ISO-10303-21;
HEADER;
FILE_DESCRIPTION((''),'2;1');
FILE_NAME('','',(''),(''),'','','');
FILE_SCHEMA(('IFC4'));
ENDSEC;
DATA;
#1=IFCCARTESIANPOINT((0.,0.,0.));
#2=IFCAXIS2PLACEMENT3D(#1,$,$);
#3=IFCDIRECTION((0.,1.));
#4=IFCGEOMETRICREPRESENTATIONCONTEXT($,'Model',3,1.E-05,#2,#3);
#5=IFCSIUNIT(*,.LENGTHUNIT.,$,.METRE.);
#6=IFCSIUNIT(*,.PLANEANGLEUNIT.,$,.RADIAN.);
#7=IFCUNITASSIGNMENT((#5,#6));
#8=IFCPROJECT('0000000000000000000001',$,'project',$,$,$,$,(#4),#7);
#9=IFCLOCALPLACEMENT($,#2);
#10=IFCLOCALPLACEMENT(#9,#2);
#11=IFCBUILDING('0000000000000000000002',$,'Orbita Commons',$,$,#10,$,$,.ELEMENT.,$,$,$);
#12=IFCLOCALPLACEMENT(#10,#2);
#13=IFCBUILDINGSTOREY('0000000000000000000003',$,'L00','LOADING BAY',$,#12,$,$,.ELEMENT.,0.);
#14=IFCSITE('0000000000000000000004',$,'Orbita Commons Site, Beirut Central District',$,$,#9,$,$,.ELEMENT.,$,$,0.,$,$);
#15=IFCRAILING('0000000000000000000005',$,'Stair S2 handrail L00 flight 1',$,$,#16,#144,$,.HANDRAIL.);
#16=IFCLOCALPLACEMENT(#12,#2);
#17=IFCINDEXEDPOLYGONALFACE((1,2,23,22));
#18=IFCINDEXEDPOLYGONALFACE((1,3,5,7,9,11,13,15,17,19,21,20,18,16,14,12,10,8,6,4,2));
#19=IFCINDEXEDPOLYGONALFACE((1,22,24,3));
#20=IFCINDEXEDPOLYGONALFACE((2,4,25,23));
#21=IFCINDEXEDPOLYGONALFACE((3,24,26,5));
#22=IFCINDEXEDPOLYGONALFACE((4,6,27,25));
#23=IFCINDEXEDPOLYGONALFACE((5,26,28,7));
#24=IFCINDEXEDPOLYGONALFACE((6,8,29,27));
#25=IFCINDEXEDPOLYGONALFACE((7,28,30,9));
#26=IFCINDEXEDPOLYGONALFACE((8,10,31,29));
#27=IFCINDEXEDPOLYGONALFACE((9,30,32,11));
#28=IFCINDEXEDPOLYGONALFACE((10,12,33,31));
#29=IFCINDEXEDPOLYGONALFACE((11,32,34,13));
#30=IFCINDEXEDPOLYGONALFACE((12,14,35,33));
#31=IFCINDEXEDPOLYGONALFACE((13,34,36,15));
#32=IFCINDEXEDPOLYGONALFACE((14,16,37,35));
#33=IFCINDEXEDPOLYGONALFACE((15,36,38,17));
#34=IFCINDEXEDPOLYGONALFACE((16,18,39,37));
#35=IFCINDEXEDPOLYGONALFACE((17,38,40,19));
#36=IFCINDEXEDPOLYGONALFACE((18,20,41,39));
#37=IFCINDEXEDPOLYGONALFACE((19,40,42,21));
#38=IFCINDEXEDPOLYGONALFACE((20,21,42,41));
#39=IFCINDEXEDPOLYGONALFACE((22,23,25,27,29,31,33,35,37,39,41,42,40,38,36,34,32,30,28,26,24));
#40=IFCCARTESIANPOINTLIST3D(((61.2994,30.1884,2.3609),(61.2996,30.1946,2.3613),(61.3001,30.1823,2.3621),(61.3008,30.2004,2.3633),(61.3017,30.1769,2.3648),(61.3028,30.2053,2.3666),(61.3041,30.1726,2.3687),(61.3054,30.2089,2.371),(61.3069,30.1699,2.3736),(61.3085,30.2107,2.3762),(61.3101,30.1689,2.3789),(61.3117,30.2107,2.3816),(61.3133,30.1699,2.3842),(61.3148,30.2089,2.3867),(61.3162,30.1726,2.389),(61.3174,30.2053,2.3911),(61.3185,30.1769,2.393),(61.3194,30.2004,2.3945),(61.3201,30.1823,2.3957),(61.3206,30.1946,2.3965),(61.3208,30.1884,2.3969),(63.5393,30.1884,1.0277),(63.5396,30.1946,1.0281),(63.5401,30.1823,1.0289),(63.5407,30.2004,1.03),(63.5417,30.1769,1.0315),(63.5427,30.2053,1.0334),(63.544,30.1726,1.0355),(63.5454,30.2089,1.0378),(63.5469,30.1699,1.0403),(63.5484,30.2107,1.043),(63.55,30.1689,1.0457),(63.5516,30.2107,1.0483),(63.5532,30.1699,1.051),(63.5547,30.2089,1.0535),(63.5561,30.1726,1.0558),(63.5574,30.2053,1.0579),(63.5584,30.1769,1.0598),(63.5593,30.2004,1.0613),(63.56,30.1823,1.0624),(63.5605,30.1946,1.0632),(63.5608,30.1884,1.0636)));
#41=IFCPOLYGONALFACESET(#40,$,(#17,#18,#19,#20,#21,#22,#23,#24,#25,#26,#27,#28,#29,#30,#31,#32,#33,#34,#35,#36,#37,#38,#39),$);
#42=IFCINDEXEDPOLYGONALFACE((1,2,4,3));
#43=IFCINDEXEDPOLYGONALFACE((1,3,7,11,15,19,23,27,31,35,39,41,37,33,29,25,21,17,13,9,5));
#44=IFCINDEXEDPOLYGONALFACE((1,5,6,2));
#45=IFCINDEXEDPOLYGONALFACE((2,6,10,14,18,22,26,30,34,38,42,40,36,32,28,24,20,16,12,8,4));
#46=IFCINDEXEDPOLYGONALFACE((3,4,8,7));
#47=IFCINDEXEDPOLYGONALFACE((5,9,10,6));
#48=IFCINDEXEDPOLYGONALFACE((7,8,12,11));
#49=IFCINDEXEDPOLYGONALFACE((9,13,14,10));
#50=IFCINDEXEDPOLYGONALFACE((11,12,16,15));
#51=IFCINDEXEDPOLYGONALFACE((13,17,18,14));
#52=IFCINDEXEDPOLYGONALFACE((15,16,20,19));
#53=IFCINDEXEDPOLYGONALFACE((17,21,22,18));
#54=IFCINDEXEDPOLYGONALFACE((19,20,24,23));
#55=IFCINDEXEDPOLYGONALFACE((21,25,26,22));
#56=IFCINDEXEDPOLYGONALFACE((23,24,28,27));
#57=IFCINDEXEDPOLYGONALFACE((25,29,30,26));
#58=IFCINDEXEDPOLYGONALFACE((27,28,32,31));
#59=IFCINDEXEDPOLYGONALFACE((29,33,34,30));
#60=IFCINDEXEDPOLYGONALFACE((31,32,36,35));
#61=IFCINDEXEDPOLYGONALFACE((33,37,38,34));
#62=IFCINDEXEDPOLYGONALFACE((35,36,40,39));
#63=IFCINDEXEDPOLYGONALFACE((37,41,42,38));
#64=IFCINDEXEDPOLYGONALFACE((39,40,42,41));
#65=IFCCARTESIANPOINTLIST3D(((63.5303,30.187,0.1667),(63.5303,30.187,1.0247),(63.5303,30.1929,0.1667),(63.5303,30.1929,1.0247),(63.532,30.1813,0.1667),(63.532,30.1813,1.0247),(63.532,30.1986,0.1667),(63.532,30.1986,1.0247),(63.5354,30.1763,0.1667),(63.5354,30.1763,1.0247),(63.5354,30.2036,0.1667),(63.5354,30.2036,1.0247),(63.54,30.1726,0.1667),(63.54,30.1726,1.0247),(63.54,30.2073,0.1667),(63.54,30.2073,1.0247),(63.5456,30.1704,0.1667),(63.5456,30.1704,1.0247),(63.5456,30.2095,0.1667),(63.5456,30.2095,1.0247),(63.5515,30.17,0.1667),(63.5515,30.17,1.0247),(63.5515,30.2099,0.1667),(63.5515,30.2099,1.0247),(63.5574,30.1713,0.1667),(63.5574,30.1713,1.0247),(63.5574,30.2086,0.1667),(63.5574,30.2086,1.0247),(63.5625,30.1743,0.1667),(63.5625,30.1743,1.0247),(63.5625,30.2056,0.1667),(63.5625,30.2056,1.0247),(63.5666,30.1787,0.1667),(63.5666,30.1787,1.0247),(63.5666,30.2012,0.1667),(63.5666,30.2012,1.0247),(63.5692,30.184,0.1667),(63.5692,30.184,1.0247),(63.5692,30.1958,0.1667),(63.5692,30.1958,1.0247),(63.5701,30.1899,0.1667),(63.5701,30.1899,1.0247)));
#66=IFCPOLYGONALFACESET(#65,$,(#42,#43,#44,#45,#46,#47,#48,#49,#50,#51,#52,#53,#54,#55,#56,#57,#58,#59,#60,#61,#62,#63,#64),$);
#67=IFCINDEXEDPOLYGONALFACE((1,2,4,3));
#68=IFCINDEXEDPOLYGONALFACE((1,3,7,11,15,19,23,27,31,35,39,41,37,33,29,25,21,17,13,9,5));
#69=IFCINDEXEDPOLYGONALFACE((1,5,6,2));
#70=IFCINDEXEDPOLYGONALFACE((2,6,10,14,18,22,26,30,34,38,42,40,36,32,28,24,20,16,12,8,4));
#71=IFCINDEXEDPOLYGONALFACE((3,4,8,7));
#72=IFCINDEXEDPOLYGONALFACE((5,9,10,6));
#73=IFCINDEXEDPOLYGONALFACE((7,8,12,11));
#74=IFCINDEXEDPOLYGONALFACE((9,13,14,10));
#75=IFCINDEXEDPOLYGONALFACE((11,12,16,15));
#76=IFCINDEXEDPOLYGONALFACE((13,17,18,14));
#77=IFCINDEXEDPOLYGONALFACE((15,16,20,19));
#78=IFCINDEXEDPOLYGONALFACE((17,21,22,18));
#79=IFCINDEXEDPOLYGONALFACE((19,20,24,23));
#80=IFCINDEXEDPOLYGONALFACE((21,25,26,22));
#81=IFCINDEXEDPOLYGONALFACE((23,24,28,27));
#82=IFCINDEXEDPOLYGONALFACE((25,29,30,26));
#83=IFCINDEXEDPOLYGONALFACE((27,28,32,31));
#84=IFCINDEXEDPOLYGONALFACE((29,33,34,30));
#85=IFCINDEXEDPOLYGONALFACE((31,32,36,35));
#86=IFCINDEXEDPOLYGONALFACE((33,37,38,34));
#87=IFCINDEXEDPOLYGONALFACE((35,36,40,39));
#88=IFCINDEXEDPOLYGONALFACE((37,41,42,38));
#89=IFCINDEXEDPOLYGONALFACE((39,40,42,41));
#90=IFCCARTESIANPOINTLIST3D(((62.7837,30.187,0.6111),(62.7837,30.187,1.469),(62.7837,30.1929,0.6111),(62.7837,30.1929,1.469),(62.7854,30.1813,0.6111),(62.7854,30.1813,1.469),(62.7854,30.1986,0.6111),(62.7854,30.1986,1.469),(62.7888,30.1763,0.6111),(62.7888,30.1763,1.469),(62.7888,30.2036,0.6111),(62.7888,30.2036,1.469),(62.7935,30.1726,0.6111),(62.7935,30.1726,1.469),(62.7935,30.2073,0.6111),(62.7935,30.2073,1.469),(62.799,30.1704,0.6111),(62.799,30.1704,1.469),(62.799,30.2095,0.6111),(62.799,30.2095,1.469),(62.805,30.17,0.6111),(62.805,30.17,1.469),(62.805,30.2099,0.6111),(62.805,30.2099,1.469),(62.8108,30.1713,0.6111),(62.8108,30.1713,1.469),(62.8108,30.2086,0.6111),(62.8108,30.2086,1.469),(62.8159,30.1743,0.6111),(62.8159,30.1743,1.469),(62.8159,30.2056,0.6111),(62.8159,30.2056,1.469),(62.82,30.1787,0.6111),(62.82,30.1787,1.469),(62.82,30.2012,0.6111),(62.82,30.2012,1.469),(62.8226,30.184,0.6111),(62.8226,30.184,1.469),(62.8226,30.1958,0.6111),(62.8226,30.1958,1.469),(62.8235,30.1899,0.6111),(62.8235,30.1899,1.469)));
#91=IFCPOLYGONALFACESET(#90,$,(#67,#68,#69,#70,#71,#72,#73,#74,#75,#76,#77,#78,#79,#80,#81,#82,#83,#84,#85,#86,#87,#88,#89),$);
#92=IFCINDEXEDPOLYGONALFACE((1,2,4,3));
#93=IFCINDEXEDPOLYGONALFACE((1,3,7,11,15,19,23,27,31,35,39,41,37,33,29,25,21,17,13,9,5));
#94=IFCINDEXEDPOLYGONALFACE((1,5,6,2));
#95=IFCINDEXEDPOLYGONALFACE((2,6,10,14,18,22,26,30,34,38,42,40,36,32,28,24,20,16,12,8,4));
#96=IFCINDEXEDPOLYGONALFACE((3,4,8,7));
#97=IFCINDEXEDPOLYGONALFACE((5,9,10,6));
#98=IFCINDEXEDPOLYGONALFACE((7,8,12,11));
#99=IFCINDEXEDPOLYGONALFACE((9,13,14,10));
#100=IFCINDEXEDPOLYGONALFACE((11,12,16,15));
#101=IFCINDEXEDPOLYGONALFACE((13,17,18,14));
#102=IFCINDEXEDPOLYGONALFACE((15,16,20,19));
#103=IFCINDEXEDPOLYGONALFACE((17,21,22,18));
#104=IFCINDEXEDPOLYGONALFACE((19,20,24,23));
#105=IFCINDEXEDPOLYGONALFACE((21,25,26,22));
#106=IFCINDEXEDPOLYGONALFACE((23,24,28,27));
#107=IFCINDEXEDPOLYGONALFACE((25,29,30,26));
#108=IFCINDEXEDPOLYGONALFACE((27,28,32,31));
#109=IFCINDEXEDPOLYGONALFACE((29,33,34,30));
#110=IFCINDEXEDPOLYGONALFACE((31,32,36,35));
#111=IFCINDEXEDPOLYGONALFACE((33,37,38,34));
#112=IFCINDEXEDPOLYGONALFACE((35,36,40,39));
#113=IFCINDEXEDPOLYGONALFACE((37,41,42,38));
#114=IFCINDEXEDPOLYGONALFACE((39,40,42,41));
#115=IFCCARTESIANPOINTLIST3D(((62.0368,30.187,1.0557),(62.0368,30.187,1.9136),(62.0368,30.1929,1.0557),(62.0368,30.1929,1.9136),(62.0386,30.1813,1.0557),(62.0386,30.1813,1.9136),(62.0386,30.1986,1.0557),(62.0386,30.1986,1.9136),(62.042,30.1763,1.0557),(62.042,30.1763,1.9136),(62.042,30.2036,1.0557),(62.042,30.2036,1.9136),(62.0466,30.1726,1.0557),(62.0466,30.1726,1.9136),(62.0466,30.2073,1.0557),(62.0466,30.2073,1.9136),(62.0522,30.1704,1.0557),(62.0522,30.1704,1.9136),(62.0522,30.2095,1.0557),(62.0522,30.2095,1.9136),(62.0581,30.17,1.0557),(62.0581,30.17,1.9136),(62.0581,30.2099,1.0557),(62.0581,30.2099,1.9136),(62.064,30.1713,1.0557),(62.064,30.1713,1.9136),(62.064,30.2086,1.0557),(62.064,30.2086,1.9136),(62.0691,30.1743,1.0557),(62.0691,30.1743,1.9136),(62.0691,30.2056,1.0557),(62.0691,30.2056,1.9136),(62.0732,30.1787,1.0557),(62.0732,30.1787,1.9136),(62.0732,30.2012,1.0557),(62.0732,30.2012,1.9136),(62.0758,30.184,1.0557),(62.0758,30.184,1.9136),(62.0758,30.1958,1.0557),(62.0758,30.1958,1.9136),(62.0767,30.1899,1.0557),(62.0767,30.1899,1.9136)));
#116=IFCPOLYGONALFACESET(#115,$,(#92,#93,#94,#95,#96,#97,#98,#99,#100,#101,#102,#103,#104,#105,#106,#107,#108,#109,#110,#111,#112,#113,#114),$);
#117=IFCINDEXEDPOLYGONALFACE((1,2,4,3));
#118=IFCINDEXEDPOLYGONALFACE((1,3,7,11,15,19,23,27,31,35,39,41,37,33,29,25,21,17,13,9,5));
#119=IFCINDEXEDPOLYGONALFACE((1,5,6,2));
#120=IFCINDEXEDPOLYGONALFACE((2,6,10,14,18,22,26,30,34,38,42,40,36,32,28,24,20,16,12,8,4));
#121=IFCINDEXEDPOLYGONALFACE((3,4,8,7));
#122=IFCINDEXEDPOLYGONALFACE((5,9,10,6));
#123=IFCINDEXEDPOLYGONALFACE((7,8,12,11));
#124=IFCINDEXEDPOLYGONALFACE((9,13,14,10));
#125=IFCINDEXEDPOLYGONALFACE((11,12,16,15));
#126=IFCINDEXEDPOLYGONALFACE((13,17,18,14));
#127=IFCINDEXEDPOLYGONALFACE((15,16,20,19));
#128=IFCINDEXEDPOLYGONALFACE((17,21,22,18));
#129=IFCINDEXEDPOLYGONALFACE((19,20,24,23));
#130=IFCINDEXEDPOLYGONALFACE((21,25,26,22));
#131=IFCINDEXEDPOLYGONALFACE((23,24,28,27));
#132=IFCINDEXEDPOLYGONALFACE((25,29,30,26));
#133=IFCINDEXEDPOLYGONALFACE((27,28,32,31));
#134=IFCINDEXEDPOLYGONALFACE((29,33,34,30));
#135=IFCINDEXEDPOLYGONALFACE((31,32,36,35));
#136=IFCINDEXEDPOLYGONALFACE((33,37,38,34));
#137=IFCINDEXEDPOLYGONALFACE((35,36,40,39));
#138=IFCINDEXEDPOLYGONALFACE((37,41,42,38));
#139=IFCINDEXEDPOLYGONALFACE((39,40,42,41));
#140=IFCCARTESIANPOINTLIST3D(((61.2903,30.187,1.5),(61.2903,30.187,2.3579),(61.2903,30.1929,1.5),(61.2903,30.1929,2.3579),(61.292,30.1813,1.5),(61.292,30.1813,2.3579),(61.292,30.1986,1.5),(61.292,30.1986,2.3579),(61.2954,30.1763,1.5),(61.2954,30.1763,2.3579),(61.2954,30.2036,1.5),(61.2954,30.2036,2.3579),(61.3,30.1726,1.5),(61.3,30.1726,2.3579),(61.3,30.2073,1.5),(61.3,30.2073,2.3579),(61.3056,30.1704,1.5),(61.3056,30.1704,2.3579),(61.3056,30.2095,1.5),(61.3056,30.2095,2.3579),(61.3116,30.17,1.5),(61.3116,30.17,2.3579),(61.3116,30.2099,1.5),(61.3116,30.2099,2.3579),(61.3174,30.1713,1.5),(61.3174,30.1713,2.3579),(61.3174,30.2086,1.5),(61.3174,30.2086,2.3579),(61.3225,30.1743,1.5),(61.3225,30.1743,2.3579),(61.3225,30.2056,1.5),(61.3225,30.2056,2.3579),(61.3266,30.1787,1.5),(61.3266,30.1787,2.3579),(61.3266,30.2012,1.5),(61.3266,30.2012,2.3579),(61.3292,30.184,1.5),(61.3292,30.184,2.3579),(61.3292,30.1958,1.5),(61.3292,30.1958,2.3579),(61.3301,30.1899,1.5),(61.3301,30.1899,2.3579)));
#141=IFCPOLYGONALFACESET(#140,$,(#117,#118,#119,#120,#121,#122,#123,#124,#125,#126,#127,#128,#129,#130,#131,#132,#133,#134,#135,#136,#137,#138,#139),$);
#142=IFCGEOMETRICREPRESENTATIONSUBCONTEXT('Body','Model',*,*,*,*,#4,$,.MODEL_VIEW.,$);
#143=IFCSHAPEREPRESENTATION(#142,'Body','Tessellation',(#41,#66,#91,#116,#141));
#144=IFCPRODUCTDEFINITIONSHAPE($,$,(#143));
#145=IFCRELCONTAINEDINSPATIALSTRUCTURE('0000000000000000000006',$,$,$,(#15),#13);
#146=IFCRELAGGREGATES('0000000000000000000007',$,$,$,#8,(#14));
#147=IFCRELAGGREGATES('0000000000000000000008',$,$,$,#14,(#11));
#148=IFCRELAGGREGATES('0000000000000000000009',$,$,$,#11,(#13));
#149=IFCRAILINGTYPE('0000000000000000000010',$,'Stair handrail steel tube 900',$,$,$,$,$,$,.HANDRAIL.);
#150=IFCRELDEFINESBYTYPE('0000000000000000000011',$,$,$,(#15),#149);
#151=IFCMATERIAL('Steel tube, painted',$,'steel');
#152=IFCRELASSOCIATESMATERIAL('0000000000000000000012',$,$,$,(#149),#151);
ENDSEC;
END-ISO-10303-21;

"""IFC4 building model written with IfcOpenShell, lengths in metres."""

from ifc_helpers import new_model, si_unit, direction, frame, origin, origin_2d, place, context, subcontext, project, spatial, circle, extrude, material, type_object, element, save


model = new_model("IFC4")

# Units and contexts
model_context = context("Model", 3, precision=1e-05, world=origin(), true_north=direction((0.0, 1.0)))
body_context = subcontext(model_context, "Body", "Model", "MODEL_VIEW")
ifc_project = project(units=[si_unit("LENGTHUNIT", "METRE"), si_unit("PLANEANGLEUNIT", "RADIAN")], contexts=[model_context])

# Site, building, storey
site_placement = place(None, origin())
site = spatial("IfcSite", under=ifc_project, at=site_placement, Name="Orbita Commons Site, Beirut Central District", CompositionType="ELEMENT", RefElevation=0.0)
building_placement = place(site_placement, origin())
building = spatial("IfcBuilding", under=site, at=building_placement, Name="Orbita Commons", CompositionType="ELEMENT")
storey_placement = place(building_placement, origin())
storey = spatial("IfcBuildingStorey", under=building, at=storey_placement, Name="L00", Description="LOADING BAY", CompositionType="ELEMENT", Elevation=0.0)

# Railing
ifc_material_1 = material(Name="Steel tube, painted", Category="steel")
railing_type = type_object("IfcRailingType", Name="Stair handrail steel tube 900", PredefinedType="HANDRAIL", material=ifc_material_1)
for number, where, name in (
    (1, (63.55, 30.1899, 0.1667), "Stair S2 handrail L00 flight 1"),
):
    element("IfcRailing", number, at=place(storey_placement, frame(where)), inside=storey, type_object=railing_type, Name=name, PredefinedType="HANDRAIL", context=body_context, shape_type="SweptSolid", body=[
        extrude(circle(Radius=0.021, at=origin_2d()), frame((0.0, 0.0, 0.8789), z_axis=(-0.859306, 0.0, 0.511462), x_axis=(0.0, -1.0, 0.0)), (0.0, 0.0, 1.0), 2.6067),
        extrude(circle(Radius=0.02, at=origin_2d()), origin(), (0.0, 0.0, 1.0), 0.8579),
        extrude(circle(Radius=0.02, at=origin_2d()), frame((-0.7466, 0.0, 0.4443)), (0.0, 0.0, 1.0), 0.8579),
        extrude(circle(Radius=0.02, at=origin_2d()), frame((-1.4934, 0.0, 0.8889)), (0.0, 0.0, 1.0), 0.8579),
        extrude(circle(Radius=0.02, at=origin_2d()), frame((-2.24, 0.0, 1.3333)), (0.0, 0.0, 1.0), 0.8579),
    ])

save(model, "model.ifc")
